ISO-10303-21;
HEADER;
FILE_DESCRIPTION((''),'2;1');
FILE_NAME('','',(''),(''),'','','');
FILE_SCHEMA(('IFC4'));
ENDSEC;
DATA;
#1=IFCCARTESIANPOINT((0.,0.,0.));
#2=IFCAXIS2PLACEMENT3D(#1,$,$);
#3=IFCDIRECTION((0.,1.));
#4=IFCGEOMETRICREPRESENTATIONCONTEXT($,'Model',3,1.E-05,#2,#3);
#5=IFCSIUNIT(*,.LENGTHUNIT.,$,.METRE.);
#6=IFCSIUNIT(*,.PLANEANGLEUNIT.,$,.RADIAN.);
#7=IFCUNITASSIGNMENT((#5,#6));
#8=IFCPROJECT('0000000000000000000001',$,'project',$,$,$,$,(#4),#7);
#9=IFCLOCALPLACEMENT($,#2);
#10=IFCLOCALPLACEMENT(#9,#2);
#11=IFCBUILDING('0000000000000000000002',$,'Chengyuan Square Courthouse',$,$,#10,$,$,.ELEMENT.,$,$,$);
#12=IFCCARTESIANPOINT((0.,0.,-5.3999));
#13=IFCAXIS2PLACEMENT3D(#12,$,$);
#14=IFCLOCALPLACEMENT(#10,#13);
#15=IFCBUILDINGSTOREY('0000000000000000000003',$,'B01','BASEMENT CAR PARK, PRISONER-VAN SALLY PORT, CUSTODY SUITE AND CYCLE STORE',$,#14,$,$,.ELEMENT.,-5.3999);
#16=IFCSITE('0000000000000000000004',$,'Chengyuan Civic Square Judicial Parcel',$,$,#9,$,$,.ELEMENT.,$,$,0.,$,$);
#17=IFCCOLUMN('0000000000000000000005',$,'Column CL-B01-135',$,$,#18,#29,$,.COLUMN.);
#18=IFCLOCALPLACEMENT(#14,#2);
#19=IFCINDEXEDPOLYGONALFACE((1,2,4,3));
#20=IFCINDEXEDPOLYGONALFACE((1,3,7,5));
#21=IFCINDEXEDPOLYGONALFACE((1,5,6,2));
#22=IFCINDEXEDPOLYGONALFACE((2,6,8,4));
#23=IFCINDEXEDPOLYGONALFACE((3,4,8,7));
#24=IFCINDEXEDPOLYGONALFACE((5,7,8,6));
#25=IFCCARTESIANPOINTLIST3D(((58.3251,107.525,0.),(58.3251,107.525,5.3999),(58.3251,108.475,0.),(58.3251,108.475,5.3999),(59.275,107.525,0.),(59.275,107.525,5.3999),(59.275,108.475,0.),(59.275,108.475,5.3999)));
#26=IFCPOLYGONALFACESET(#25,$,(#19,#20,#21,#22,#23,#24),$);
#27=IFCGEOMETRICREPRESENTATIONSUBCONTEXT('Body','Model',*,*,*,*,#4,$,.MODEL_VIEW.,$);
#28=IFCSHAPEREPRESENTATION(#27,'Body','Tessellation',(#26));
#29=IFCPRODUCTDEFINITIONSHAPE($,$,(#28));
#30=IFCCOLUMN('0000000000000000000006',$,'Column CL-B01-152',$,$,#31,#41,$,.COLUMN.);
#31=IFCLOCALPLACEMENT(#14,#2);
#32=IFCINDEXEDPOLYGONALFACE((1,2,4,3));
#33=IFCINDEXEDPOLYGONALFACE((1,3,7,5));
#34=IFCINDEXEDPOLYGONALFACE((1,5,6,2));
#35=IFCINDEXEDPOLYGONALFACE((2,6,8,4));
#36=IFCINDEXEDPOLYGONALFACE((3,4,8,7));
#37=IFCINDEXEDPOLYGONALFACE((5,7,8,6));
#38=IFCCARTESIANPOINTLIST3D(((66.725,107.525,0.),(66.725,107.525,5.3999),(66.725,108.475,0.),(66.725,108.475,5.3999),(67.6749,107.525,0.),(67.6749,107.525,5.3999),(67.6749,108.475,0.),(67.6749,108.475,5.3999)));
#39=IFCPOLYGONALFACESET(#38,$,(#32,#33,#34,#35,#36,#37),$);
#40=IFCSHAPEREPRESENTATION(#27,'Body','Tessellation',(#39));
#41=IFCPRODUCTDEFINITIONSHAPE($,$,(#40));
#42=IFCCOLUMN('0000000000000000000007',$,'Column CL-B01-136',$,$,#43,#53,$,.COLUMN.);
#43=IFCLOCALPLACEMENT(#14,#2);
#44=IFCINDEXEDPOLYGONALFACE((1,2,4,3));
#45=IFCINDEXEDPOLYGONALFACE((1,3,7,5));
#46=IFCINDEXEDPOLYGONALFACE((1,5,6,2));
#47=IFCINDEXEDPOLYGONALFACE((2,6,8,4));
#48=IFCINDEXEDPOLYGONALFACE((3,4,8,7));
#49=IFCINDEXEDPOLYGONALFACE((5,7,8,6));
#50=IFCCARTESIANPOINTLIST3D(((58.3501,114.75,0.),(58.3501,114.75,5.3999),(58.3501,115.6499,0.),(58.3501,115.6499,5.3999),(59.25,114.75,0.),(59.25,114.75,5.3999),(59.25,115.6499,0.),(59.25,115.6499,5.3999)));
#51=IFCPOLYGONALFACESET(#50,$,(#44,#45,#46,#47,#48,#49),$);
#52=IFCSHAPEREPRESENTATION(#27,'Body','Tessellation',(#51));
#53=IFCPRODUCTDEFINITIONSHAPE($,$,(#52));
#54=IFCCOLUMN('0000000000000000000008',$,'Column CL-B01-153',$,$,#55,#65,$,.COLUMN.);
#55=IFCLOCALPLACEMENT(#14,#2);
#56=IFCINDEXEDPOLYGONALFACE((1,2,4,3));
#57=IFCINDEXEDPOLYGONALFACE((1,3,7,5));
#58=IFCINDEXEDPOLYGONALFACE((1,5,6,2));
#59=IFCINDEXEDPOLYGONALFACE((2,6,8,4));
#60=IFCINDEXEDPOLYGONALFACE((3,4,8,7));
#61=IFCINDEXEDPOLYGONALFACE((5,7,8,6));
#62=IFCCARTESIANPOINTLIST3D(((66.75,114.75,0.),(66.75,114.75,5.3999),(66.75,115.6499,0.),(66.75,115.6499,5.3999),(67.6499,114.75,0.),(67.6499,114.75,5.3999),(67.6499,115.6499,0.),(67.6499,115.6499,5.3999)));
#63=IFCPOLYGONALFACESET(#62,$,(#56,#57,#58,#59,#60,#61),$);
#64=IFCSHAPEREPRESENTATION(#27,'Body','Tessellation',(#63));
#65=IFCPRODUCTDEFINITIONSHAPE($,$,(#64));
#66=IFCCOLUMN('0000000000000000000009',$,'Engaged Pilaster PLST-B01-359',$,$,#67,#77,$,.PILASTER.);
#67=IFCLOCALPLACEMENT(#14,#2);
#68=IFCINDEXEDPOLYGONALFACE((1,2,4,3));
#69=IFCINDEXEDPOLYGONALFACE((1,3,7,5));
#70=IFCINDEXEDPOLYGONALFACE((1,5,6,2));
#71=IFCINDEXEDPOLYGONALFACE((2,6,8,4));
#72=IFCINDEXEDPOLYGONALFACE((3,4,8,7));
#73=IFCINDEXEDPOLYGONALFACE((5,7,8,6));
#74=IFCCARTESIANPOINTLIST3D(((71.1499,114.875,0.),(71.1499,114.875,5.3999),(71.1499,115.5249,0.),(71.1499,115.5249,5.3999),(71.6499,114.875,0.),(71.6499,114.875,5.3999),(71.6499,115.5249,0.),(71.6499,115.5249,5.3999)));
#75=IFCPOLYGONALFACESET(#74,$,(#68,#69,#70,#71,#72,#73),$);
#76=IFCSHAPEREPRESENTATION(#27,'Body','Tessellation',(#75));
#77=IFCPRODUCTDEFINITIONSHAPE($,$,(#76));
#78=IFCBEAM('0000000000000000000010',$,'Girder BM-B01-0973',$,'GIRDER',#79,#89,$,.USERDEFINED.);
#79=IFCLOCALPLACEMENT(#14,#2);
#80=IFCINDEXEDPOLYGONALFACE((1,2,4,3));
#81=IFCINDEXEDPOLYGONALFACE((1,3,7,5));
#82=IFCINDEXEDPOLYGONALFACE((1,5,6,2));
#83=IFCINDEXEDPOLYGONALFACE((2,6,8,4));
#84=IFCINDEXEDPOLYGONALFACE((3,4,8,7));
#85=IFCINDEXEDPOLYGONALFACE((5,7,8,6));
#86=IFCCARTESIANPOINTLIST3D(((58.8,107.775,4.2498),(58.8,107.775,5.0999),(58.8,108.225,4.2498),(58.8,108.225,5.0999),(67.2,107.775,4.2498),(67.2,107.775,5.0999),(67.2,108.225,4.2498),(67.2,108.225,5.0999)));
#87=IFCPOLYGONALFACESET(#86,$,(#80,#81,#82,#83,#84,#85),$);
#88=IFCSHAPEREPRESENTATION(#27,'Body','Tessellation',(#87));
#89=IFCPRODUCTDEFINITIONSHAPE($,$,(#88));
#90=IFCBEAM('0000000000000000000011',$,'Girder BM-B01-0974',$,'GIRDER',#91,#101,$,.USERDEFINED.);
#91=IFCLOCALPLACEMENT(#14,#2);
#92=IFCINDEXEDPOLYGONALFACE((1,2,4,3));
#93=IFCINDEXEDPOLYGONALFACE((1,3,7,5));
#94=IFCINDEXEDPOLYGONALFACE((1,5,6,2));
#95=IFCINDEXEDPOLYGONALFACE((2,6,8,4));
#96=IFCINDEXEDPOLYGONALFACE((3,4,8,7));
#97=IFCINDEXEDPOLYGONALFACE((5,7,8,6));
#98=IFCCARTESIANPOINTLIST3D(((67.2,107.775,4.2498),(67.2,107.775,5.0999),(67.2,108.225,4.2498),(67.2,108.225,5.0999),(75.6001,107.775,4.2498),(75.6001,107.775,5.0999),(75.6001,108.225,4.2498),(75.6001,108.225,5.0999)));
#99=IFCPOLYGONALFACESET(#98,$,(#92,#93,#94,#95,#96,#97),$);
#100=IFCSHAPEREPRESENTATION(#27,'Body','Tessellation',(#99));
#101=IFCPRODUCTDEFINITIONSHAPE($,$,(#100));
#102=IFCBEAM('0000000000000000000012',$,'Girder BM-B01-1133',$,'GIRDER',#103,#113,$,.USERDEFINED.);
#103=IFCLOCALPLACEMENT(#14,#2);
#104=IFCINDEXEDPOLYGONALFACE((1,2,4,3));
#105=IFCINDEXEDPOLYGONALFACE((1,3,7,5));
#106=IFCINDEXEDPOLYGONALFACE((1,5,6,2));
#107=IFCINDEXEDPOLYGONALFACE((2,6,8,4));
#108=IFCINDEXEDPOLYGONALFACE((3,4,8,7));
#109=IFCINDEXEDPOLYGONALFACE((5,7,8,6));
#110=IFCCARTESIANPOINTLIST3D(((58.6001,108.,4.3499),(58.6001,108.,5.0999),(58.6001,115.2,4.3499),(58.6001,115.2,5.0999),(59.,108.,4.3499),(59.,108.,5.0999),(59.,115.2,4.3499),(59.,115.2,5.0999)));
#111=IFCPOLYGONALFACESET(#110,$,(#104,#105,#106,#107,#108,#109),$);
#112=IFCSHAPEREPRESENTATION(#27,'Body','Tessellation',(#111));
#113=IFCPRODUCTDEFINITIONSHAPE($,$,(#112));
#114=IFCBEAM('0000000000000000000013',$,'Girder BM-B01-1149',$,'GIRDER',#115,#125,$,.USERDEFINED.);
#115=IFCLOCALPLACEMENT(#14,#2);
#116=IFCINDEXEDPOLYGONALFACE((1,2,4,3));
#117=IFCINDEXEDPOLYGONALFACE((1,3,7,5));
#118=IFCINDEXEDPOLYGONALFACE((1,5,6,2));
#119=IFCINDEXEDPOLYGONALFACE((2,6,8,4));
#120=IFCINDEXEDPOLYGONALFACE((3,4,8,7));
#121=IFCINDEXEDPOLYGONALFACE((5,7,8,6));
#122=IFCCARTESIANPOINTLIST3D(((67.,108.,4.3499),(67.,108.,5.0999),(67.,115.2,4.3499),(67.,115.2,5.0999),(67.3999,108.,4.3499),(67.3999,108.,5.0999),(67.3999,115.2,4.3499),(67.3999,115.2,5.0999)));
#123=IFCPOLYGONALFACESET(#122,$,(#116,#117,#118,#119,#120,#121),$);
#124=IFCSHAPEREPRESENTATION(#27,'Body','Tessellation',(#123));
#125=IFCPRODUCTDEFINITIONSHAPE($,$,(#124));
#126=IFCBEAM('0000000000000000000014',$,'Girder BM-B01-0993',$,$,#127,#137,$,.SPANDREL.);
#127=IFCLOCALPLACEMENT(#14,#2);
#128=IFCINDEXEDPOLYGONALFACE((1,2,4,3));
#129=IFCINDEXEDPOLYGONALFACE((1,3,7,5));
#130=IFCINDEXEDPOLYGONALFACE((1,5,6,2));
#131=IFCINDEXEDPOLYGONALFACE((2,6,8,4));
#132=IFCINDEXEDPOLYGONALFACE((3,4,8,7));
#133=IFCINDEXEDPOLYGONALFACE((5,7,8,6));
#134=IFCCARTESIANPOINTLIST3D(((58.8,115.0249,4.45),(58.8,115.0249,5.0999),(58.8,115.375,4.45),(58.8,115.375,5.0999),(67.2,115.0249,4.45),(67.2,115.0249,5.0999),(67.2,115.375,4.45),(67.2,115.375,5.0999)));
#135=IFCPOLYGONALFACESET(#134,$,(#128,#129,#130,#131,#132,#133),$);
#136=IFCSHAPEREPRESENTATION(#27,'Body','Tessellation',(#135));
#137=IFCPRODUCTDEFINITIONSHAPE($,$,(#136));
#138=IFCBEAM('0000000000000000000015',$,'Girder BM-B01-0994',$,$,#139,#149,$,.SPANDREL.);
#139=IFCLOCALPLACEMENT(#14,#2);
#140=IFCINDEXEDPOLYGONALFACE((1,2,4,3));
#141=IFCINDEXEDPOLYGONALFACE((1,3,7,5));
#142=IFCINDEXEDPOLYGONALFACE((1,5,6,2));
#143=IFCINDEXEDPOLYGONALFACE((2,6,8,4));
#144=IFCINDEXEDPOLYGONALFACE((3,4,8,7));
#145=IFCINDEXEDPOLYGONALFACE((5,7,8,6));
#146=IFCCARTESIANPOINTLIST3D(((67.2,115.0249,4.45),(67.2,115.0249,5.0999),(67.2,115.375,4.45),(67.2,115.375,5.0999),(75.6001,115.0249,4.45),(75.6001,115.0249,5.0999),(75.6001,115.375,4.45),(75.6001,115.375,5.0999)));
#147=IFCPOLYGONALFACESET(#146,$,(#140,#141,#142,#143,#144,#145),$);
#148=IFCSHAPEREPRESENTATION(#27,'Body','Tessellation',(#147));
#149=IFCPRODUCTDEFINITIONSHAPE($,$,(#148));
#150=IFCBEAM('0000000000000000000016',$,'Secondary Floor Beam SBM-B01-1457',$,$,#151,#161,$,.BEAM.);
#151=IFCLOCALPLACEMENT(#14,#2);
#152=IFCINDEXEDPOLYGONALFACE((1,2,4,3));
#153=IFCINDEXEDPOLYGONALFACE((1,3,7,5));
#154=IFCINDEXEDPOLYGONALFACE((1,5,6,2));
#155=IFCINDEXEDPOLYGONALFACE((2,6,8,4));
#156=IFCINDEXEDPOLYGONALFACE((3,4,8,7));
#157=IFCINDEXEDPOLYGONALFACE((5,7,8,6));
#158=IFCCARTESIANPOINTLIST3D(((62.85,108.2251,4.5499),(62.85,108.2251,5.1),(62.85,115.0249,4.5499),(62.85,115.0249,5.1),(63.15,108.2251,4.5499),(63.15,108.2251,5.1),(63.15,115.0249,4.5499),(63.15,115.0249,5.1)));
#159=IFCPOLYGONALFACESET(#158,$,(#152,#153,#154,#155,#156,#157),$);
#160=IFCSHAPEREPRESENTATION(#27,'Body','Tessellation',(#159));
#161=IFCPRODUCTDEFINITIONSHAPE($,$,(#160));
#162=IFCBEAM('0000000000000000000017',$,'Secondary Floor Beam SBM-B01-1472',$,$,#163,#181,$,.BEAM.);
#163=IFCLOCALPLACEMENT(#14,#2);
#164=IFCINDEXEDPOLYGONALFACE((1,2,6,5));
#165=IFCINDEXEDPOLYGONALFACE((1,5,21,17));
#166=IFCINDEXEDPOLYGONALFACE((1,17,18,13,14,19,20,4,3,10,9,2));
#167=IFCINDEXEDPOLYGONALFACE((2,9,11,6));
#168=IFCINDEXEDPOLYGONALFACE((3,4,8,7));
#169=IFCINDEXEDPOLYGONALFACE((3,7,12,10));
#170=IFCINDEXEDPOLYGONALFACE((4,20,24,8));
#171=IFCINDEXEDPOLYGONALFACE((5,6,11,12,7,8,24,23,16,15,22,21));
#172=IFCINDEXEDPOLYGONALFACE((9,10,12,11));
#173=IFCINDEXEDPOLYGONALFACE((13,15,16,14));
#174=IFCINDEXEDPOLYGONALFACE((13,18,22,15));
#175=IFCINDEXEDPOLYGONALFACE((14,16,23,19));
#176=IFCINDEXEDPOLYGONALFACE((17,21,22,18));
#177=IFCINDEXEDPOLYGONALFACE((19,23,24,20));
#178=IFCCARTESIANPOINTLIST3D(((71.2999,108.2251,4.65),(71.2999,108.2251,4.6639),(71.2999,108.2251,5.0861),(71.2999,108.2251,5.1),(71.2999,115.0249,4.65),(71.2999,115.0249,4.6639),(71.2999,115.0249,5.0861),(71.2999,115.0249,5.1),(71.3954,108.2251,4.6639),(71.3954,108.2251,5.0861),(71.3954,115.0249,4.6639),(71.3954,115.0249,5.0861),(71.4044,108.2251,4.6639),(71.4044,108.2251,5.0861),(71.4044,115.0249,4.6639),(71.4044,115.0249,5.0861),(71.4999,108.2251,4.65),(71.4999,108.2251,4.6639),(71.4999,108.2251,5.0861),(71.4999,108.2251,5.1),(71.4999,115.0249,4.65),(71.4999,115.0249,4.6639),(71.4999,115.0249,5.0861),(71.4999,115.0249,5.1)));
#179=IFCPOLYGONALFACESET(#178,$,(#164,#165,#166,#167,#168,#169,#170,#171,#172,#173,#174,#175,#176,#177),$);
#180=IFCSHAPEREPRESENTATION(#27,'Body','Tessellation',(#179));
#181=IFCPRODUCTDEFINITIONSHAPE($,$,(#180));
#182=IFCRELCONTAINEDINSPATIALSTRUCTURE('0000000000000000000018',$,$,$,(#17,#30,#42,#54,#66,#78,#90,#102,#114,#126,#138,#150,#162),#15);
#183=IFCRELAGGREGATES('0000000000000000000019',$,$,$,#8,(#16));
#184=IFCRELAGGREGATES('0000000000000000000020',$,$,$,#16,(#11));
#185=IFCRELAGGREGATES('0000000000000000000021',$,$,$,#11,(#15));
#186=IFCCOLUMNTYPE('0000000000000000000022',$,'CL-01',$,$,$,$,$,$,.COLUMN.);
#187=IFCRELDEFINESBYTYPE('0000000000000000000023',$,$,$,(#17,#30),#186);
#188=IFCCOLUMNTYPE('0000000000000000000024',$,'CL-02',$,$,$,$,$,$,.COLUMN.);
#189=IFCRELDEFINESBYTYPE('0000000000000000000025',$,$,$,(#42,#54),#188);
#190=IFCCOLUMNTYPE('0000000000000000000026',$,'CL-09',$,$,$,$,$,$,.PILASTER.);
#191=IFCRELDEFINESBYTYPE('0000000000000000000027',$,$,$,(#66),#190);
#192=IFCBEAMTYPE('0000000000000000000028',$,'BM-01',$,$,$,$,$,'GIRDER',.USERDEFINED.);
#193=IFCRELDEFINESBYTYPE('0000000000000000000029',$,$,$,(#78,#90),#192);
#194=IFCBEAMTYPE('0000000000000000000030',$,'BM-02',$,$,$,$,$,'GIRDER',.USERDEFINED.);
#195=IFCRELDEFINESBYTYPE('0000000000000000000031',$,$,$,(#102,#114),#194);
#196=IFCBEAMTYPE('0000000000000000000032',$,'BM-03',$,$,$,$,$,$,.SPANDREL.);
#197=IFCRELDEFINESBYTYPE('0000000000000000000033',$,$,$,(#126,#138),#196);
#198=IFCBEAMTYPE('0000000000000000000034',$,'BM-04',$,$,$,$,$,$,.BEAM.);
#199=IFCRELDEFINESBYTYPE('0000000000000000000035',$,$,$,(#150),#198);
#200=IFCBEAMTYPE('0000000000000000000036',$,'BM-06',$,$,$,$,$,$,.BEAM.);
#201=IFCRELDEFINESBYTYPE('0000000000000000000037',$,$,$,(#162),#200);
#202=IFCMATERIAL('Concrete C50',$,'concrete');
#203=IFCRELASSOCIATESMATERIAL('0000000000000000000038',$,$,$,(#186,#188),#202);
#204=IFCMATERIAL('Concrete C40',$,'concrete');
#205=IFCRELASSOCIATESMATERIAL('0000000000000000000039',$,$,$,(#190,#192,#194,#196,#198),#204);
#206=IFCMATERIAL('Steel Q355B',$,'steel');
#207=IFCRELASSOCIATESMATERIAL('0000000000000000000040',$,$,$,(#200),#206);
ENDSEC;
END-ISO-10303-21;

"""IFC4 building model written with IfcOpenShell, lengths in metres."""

from ifc_helpers import new_model, si_unit, direction, frame, origin, origin_2d, place, context, subcontext, project, spatial, rectangle, i_section, extrude, material, material_profile, profile_set, type_object, element, save


model = new_model("IFC4")

# Units and contexts
model_context = context("Model", 3, precision=1e-05, world=origin(), true_north=direction((0.0, 1.0)))
body_context = subcontext(model_context, "Body", "Model", "MODEL_VIEW")
ifc_project = project(units=[si_unit("LENGTHUNIT", "METRE"), si_unit("PLANEANGLEUNIT", "RADIAN")], contexts=[model_context])

# Site, building, storey
site_placement = place(None, origin())
site = spatial("IfcSite", under=ifc_project, at=site_placement, Name="Chengyuan Civic Square Judicial Parcel", CompositionType="ELEMENT", RefElevation=0.0)
building_placement = place(site_placement, origin())
building = spatial("IfcBuilding", under=site, at=building_placement, Name="Chengyuan Square Courthouse", CompositionType="ELEMENT")
storey_placement = place(building_placement, frame((0.0, 0.0, -5.3999)))
storey = spatial("IfcBuildingStorey", under=building, at=storey_placement, Name="B01", Description="BASEMENT CAR PARK, PRISONER-VAN SALLY PORT, CUSTODY SUITE AND CYCLE STORE", CompositionType="ELEMENT", Elevation=-5.3999)

# Columns
ifc_material_1 = material(Name="Concrete C50", Category="concrete")
ifc_material_profile_1 = material_profile(ifc_material_1, rectangle(XDim=0.95, YDim=0.95, at=origin_2d()), Name="RC-COL-950x950")
ifc_profile_set_1 = profile_set([ifc_material_profile_1], Name="Concrete C50")
column_type_1 = type_object("IfcColumnType", Name="CL-01", PredefinedType="COLUMN", material=ifc_profile_set_1)
for number, where, z_axis, x_axis, name in (
    (1, (58.8, 108.0, 0.0), (0.0, 0.0, 1.0), (1.0, 0.0, 0.0), "Column CL-B01-135"),
    (2, (67.2, 108.0, 0.0), (0.0, 0.0, 1.0), (1.0, 0.0, 0.0), "Column CL-B01-152"),
):
    element("IfcColumn", number, at=place(storey_placement, frame(where, z_axis=z_axis, x_axis=x_axis)), inside=storey, type_object=column_type_1, Name=name, PredefinedType="COLUMN", context=body_context, shape_type="SweptSolid", body=[
        extrude(rectangle(XDim=0.95, YDim=0.95, at=origin_2d()), origin(), (0.0, 0.0, 1.0), 5.3999),
    ])
ifc_material_profile_2 = material_profile(ifc_material_1, rectangle(XDim=0.8999, YDim=0.8999, at=origin_2d()), Name="RC-COL-900x900")
ifc_profile_set_2 = profile_set([ifc_material_profile_2], Name="Concrete C50")
column_type_2 = type_object("IfcColumnType", Name="CL-02", PredefinedType="COLUMN", material=ifc_profile_set_2)
for number, where, z_axis, x_axis, name in (
    (3, (58.8, 115.2, 0.0), (0.0, 0.0, 1.0), (1.0, 0.0, 0.0), "Column CL-B01-136"),
    (4, (67.2, 115.2, 0.0), (0.0, 0.0, 1.0), (1.0, 0.0, 0.0), "Column CL-B01-153"),
):
    element("IfcColumn", number, at=place(storey_placement, frame(where, z_axis=z_axis, x_axis=x_axis)), inside=storey, type_object=column_type_2, Name=name, PredefinedType="COLUMN", context=body_context, shape_type="SweptSolid", body=[
        extrude(rectangle(XDim=0.8999, YDim=0.8999, at=origin_2d()), origin(), (0.0, 0.0, 1.0), 5.3999),
    ])
ifc_material_2 = material(Name="Concrete C40", Category="concrete")
ifc_material_profile_3 = material_profile(ifc_material_2, rectangle(XDim=0.5, YDim=0.6499, at=origin_2d()), Name="RC-PIL-500x650")
ifc_profile_set_3 = profile_set([ifc_material_profile_3], Name="Concrete C40")
column_type_3 = type_object("IfcColumnType", Name="CL-09", PredefinedType="PILASTER", material=ifc_profile_set_3)
column_placement = place(storey_placement, frame((71.3999, 115.2, 0.0), z_axis=(0.0, 0.0, 1.0), x_axis=(1.0, 0.0, 0.0)))
element("IfcColumn", 5, at=column_placement, inside=storey, type_object=column_type_3, Name="Engaged Pilaster PLST-B01-359", PredefinedType="PILASTER", context=body_context, shape_type="SweptSolid", body=[
    extrude(rectangle(XDim=0.5, YDim=0.6499, at=origin_2d()), origin(), (0.0, 0.0, 1.0), 5.3999),
])

# Beams
ifc_material_profile_4 = material_profile(ifc_material_2, rectangle(XDim=0.45, YDim=0.8501, at=origin_2d()), Name="RC-BM-450x850")
ifc_profile_set_4 = profile_set([ifc_material_profile_4], Name="Concrete C40")
beam_type_1 = type_object("IfcBeamType", Name="BM-01", ElementType="GIRDER", PredefinedType="USERDEFINED", material=ifc_profile_set_4)
beam_1_placement = place(storey_placement, frame((58.8, 108.0, 4.6748), z_axis=(1.0, 0.0, 0.0), x_axis=(0.0, 1.0, 0.0)))
element("IfcBeam", 6, at=beam_1_placement, inside=storey, type_object=beam_type_1, Name="Girder BM-B01-0973", ObjectType="GIRDER", PredefinedType="USERDEFINED", context=body_context, shape_type="SweptSolid", body=[
    extrude(rectangle(XDim=0.45, YDim=0.8501, at=origin_2d()), origin(), (0.0, 0.0, 1.0), 8.3999),
])
beam_2_placement = place(storey_placement, frame((67.2, 108.0, 4.6748), z_axis=(1.0, 0.0, 0.0), x_axis=(0.0, 1.0, 0.0)))
element("IfcBeam", 7, at=beam_2_placement, inside=storey, type_object=beam_type_1, Name="Girder BM-B01-0974", ObjectType="GIRDER", PredefinedType="USERDEFINED", context=body_context, shape_type="SweptSolid", body=[
    extrude(rectangle(XDim=0.45, YDim=0.8501, at=origin_2d()), origin(), (0.0, 0.0, 1.0), 8.4001),
])
ifc_material_profile_5 = material_profile(ifc_material_2, rectangle(XDim=0.3999, YDim=0.75, at=origin_2d()), Name="RC-BM-400x750")
ifc_profile_set_5 = profile_set([ifc_material_profile_5], Name="Concrete C40")
beam_type_2 = type_object("IfcBeamType", Name="BM-02", ElementType="GIRDER", PredefinedType="USERDEFINED", material=ifc_profile_set_5)
for number, where, z_axis, x_axis, name in (
    (8, (58.8, 108.0, 4.7249), (0.0, 1.0, 0.0), (-1.0, 0.0, 0.0), "Girder BM-B01-1133"),
    (9, (67.2, 108.0, 4.7249), (0.0, 1.0, 0.0), (-1.0, 0.0, 0.0), "Girder BM-B01-1149"),
):
    element("IfcBeam", number, at=place(storey_placement, frame(where, z_axis=z_axis, x_axis=x_axis)), inside=storey, type_object=beam_type_2, Name=name, ObjectType="GIRDER", PredefinedType="USERDEFINED", context=body_context, shape_type="SweptSolid", body=[
        extrude(rectangle(XDim=0.3999, YDim=0.75, at=origin_2d()), origin(), (0.0, 0.0, 1.0), 7.2),
    ])
ifc_material_profile_6 = material_profile(ifc_material_2, rectangle(XDim=0.3501, YDim=0.6499, at=origin_2d()), Name="RC-BM-350x650")
ifc_profile_set_6 = profile_set([ifc_material_profile_6], Name="Concrete C40")
beam_type_3 = type_object("IfcBeamType", Name="BM-03", PredefinedType="SPANDREL", material=ifc_profile_set_6)
beam_3_placement = place(storey_placement, frame((58.8, 115.2, 4.7749), z_axis=(1.0, 0.0, 0.0), x_axis=(0.0, 1.0, 0.0)))
element("IfcBeam", 10, at=beam_3_placement, inside=storey, type_object=beam_type_3, Name="Girder BM-B01-0993", PredefinedType="SPANDREL", context=body_context, shape_type="SweptSolid", body=[
    extrude(rectangle(XDim=0.3501, YDim=0.6499, at=origin_2d()), origin(), (0.0, 0.0, 1.0), 8.3999),
])
beam_4_placement = place(storey_placement, frame((67.2, 115.2, 4.7749), z_axis=(1.0, 0.0, 0.0), x_axis=(0.0, 1.0, 0.0)))
element("IfcBeam", 11, at=beam_4_placement, inside=storey, type_object=beam_type_3, Name="Girder BM-B01-0994", PredefinedType="SPANDREL", context=body_context, shape_type="SweptSolid", body=[
    extrude(rectangle(XDim=0.3501, YDim=0.6499, at=origin_2d()), origin(), (0.0, 0.0, 1.0), 8.4001),
])
ifc_material_profile_7 = material_profile(ifc_material_2, rectangle(XDim=0.3, YDim=0.55, at=origin_2d()), Name="RC-BM-300x550")
ifc_profile_set_7 = profile_set([ifc_material_profile_7], Name="Concrete C40")
beam_type_4 = type_object("IfcBeamType", Name="BM-04", PredefinedType="BEAM", material=ifc_profile_set_7)
beam_5_placement = place(storey_placement, frame((63.0, 108.2251, 4.825), z_axis=(0.0, 1.0, 0.0), x_axis=(-1.0, 0.0, 0.0)))
element("IfcBeam", 12, at=beam_5_placement, inside=storey, type_object=beam_type_4, Name="Secondary Floor Beam SBM-B01-1457", PredefinedType="BEAM", context=body_context, shape_type="SweptSolid", body=[
    extrude(rectangle(XDim=0.3, YDim=0.55, at=origin_2d()), origin(), (0.0, 0.0, 1.0), 6.7998),
])
ifc_material_3 = material(Name="Steel Q355B", Category="steel")
ifc_material_profile_8 = material_profile(ifc_material_3, i_section(OverallWidth=0.2, OverallDepth=0.45, WebThickness=0.009, FlangeThickness=0.0139, at=origin_2d()), Name="HN 450x200x9x14")
ifc_profile_set_8 = profile_set([ifc_material_profile_8], Name="Steel Q355B")
beam_type_5 = type_object("IfcBeamType", Name="BM-06", PredefinedType="BEAM", material=ifc_profile_set_8)
beam_6_placement = place(storey_placement, frame((71.3999, 108.2251, 4.875), z_axis=(0.0, 1.0, 0.0), x_axis=(-1.0, 0.0, 0.0)))
element("IfcBeam", 13, at=beam_6_placement, inside=storey, type_object=beam_type_5, Name="Secondary Floor Beam SBM-B01-1472", PredefinedType="BEAM", context=body_context, shape_type="SweptSolid", body=[
    extrude(i_section(OverallWidth=0.2, OverallDepth=0.45, WebThickness=0.009, FlangeThickness=0.0139, at=origin_2d()), origin(), (0.0, 0.0, 1.0), 6.7998),
])

save(model, "model.ifc")
